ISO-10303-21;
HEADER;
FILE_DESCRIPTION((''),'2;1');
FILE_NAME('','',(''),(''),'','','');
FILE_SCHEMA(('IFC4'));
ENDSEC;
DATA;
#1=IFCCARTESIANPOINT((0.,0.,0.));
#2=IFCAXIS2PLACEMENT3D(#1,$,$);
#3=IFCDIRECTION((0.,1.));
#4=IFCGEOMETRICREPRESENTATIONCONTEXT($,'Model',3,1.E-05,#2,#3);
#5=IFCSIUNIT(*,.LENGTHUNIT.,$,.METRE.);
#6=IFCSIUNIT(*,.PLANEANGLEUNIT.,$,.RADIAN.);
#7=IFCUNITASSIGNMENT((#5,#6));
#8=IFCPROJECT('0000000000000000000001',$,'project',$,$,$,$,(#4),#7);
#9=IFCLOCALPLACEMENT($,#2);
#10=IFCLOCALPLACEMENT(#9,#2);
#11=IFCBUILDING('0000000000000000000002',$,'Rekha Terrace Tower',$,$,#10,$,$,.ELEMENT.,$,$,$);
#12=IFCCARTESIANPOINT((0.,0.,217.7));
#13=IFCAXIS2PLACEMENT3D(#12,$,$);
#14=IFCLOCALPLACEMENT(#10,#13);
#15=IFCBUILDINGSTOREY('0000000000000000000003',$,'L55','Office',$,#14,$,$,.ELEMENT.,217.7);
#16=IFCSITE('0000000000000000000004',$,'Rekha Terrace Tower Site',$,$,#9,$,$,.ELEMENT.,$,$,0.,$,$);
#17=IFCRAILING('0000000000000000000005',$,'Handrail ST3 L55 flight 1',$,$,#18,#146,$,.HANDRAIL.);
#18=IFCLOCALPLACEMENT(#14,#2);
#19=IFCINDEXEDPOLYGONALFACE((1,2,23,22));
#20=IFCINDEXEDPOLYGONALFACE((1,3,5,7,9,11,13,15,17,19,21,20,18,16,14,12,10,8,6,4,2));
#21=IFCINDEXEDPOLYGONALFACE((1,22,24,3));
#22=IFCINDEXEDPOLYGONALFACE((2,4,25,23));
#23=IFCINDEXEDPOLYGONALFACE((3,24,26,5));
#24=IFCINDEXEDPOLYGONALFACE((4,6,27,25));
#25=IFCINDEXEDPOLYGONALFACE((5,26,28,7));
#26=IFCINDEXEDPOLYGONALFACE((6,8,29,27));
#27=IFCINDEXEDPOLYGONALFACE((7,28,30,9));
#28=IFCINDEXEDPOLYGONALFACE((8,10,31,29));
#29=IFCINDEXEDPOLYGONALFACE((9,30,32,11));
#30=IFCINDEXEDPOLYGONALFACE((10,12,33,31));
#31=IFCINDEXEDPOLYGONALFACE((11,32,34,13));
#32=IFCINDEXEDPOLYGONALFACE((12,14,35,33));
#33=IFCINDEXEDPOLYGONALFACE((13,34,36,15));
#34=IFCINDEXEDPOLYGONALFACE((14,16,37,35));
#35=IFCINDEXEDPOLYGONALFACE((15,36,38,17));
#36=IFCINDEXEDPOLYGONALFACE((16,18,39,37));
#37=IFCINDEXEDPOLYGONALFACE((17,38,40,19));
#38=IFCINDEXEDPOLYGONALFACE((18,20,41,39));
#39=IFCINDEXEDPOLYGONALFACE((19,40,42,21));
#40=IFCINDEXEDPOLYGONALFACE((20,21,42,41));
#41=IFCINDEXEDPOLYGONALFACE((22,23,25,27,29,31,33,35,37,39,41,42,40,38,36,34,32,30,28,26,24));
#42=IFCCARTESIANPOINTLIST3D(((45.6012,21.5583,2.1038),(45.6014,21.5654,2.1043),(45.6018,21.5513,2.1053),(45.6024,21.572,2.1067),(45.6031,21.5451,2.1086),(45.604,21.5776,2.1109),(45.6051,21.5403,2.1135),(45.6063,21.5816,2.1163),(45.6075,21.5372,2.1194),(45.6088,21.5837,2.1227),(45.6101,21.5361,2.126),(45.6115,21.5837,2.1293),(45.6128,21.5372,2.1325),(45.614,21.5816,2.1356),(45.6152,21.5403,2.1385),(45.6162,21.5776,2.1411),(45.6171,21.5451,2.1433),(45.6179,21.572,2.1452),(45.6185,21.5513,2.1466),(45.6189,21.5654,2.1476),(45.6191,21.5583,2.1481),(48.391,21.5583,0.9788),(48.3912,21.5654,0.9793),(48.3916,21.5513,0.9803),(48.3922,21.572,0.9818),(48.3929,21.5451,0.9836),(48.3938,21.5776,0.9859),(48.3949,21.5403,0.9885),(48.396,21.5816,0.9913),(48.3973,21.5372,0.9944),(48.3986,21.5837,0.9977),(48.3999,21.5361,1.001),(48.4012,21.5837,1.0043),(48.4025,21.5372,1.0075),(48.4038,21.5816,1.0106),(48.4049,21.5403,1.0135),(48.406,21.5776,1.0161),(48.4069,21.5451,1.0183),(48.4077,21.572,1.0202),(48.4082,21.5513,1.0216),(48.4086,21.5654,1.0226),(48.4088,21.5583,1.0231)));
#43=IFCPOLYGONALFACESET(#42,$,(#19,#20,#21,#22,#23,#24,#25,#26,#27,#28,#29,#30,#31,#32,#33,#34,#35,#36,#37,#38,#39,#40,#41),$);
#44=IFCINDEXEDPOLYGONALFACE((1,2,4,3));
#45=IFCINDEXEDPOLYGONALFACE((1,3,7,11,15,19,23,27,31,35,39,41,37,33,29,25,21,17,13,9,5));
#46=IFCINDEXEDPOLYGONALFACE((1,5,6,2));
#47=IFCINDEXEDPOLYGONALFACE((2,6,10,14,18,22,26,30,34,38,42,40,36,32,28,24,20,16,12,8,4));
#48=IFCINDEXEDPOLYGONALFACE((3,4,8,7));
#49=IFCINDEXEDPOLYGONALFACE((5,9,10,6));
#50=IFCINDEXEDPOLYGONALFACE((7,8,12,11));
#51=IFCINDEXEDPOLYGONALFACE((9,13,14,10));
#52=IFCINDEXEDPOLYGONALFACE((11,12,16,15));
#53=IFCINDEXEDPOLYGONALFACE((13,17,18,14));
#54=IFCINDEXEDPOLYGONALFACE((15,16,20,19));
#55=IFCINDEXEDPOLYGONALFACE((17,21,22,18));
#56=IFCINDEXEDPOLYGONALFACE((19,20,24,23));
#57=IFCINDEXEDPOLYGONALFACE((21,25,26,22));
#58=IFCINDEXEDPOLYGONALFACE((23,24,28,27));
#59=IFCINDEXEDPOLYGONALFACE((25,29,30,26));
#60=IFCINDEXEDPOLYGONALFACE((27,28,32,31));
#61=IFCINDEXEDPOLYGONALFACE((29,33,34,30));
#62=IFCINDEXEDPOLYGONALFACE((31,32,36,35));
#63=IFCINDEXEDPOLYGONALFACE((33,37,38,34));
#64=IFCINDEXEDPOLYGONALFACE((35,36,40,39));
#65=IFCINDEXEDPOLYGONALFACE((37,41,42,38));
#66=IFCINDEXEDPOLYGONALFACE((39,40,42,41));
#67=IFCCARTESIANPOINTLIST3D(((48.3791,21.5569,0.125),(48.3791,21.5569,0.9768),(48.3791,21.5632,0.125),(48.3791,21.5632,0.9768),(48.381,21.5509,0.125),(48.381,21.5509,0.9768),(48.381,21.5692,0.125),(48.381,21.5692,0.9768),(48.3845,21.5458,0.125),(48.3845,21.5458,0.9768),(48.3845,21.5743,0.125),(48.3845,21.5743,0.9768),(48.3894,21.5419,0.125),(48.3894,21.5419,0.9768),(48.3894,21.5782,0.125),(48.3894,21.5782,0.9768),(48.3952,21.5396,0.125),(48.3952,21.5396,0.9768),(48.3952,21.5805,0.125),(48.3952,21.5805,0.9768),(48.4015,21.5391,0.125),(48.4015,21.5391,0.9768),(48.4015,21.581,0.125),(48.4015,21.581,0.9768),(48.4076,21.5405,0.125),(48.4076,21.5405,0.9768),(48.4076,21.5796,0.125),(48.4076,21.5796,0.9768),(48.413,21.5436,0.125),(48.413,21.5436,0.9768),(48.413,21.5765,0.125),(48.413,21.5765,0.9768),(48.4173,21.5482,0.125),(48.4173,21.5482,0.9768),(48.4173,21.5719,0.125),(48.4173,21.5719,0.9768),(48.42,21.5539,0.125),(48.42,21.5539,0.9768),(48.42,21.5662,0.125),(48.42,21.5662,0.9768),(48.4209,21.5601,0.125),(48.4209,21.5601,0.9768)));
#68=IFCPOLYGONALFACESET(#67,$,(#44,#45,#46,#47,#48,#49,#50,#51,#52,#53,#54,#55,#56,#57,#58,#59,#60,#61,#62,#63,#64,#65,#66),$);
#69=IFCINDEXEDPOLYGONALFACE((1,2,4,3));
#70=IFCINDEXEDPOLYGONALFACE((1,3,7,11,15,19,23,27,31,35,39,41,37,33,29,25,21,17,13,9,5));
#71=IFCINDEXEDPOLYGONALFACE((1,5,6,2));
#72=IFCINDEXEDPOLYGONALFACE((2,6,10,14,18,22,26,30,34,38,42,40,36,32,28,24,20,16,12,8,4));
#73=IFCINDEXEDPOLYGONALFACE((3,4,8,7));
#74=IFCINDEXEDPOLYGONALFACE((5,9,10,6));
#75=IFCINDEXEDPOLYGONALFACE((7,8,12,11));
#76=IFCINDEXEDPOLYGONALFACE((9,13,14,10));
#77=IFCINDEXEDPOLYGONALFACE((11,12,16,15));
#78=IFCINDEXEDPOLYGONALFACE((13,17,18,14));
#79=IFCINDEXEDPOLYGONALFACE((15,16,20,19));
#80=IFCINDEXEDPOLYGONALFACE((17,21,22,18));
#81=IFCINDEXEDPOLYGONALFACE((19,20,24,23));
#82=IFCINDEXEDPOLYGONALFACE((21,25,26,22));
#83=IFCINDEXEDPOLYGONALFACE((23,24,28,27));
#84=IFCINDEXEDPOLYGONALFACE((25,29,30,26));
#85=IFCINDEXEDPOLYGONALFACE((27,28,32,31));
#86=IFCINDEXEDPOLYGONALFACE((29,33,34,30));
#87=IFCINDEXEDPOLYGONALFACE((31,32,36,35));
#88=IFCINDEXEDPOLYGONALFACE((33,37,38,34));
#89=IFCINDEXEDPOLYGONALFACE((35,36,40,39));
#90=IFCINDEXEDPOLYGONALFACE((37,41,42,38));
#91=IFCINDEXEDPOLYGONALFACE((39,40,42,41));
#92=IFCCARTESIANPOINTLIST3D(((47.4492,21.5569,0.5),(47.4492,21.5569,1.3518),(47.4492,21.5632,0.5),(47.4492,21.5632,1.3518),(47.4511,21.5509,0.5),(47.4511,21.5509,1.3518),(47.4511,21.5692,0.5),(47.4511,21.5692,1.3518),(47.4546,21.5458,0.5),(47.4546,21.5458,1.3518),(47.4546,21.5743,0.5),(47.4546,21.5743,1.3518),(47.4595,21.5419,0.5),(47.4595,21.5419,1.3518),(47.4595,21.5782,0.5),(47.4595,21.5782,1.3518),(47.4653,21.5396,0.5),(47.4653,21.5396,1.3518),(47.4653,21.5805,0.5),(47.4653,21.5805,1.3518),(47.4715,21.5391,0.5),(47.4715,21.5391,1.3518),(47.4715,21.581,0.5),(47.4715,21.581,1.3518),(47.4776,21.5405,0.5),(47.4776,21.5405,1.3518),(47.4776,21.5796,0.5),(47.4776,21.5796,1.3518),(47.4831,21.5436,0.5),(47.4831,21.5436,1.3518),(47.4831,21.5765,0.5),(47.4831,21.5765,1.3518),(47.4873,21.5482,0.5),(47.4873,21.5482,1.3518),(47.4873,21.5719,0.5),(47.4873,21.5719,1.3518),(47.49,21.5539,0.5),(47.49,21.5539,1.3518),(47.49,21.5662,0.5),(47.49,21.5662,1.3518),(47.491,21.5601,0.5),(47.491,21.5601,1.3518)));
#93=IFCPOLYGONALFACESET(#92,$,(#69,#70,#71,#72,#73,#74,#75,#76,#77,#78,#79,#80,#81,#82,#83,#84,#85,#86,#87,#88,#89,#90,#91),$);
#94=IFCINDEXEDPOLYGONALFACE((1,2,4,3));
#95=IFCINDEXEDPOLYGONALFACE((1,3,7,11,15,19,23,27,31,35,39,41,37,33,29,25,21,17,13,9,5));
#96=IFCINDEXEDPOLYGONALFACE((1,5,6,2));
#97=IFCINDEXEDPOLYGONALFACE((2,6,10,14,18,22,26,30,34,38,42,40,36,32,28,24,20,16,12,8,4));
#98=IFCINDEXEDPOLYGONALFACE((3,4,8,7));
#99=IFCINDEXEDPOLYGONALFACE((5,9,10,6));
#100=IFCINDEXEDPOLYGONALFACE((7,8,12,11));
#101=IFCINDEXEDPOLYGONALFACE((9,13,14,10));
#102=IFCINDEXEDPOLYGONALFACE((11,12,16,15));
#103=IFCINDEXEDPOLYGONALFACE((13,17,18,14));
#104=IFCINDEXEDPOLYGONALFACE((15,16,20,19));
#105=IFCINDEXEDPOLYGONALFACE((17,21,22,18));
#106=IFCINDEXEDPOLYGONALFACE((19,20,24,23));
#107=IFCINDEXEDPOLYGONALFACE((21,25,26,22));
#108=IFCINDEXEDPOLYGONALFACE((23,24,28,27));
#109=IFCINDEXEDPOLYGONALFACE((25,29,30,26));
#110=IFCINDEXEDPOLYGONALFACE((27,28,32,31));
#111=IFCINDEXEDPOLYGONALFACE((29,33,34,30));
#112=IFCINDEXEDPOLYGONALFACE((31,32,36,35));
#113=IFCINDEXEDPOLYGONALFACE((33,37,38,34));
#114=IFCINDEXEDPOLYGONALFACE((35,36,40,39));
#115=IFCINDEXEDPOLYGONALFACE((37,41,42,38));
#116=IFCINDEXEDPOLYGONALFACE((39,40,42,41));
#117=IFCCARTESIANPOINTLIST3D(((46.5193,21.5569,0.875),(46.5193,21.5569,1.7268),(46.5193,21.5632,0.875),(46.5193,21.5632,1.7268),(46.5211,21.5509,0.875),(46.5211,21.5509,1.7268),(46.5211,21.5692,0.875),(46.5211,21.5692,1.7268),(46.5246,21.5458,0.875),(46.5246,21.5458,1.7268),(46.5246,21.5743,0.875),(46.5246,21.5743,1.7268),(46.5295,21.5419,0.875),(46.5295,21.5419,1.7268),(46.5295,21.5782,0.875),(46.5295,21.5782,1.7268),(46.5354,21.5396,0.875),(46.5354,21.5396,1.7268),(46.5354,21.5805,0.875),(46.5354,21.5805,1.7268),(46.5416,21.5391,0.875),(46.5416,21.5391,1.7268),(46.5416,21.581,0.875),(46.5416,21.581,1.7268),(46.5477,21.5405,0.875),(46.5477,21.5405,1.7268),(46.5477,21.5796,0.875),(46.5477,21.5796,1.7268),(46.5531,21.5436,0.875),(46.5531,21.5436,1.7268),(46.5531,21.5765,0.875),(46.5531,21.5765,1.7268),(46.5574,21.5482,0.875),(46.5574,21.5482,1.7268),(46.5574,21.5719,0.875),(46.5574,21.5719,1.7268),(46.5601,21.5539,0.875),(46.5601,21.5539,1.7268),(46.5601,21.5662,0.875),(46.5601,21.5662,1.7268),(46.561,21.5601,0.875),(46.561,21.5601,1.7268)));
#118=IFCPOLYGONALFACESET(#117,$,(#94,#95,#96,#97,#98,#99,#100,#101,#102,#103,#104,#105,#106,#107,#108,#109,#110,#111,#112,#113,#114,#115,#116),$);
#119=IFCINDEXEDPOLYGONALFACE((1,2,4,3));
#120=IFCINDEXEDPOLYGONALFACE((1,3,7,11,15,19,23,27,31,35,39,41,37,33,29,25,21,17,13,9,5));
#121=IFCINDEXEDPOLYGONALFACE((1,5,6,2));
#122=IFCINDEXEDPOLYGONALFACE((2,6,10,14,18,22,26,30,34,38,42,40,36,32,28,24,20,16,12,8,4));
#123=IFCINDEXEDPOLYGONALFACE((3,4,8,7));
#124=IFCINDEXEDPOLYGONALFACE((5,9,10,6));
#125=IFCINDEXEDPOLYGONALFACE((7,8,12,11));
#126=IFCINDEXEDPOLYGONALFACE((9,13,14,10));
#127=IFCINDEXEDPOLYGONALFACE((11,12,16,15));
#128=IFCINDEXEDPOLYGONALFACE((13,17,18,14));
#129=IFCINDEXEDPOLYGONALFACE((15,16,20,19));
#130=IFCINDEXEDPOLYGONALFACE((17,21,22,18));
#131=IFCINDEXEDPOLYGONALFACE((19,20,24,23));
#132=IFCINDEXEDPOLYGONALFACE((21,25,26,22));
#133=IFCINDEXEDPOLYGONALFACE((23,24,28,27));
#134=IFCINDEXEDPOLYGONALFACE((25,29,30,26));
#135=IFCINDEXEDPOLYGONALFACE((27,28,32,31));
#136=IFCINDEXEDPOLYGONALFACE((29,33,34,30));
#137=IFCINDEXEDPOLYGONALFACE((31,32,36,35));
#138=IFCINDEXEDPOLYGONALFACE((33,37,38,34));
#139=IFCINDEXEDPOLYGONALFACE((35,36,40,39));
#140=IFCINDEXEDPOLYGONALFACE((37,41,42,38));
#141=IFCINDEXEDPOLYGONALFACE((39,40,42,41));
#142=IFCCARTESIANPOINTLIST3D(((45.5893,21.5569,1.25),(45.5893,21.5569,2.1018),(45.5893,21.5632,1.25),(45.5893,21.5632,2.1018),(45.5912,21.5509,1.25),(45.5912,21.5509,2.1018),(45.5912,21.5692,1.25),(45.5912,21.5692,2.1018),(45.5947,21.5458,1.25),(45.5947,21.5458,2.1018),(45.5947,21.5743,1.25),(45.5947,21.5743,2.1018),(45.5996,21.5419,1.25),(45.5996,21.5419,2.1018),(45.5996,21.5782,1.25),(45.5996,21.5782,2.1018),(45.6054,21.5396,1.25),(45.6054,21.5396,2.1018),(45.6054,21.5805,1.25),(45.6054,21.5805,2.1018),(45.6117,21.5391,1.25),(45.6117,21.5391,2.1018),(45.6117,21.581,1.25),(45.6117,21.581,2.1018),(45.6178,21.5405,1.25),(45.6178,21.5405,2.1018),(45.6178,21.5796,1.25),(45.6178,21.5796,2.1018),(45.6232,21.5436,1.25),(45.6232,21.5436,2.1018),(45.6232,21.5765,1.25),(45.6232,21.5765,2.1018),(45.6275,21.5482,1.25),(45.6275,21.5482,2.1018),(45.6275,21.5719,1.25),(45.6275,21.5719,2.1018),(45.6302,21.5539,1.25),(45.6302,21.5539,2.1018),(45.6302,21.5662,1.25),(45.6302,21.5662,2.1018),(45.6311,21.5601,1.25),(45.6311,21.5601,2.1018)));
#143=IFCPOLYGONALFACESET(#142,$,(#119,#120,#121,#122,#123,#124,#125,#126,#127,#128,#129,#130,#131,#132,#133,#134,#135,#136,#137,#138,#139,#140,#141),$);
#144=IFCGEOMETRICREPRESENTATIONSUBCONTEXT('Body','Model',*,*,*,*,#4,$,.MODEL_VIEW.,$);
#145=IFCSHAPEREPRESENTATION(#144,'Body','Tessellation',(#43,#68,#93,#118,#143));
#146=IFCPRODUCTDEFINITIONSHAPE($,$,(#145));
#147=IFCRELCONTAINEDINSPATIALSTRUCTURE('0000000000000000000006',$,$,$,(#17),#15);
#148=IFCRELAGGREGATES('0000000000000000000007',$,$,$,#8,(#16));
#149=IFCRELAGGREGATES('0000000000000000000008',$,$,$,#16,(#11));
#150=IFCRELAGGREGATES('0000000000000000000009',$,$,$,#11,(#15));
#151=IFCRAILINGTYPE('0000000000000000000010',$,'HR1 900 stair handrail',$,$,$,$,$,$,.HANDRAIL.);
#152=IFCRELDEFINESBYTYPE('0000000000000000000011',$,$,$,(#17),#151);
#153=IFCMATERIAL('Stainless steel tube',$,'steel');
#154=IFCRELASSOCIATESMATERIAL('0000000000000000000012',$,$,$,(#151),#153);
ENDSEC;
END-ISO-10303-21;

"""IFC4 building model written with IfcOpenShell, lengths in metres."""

from ifc_helpers import new_model, si_unit, direction, frame, origin, origin_2d, place, context, subcontext, project, spatial, circle, extrude, material, type_object, element, save


model = new_model("IFC4")

# Units and contexts
model_context = context("Model", 3, precision=1e-05, world=origin(), true_north=direction((0.0, 1.0)))
body_context = subcontext(model_context, "Body", "Model", "MODEL_VIEW")
ifc_project = project(units=[si_unit("LENGTHUNIT", "METRE"), si_unit("PLANEANGLEUNIT", "RADIAN")], contexts=[model_context])

# Site, building, storey
site_placement = place(None, origin())
site = spatial("IfcSite", under=ifc_project, at=site_placement, Name="Rekha Terrace Tower Site", CompositionType="ELEMENT", RefElevation=0.0)
building_placement = place(site_placement, origin())
building = spatial("IfcBuilding", under=site, at=building_placement, Name="Rekha Terrace Tower", CompositionType="ELEMENT")
storey_placement = place(building_placement, frame((0.0, 0.0, 217.7)))
storey = spatial("IfcBuildingStorey", under=building, at=storey_placement, Name="L55", Description="Office", CompositionType="ELEMENT", Elevation=217.7)

# Railing
ifc_material_1 = material(Name="Stainless steel tube", Category="steel")
railing_type_1 = type_object("IfcRailingType", Name="HR1 900 stair handrail", PredefinedType="HANDRAIL", material=ifc_material_1)
railing_1_placement = place(storey_placement, frame((48.3999, 21.5601, 0.125)))
element("IfcRailing", 1, at=railing_1_placement, inside=storey, type_object=railing_type_1, Name="Handrail ST3 L55 flight 1", PredefinedType="HANDRAIL", context=body_context, shape_type="SweptSolid", body=[
    extrude(circle(Radius=0.0239, at=origin_2d()), frame((0.0, 0.0, 0.876), z_axis=(-0.927432, 0.0, 0.373992), x_axis=(0.0, -1.0, 0.0)), (0.0, 0.0, 1.0), 3.0081),
    extrude(circle(Radius=0.021, at=origin_2d()), origin(), (0.0, 0.0, 1.0), 0.8518),
    extrude(circle(Radius=0.021, at=origin_2d()), frame((-0.9299, 0.0, 0.375)), (0.0, 0.0, 1.0), 0.8518),
    extrude(circle(Radius=0.021, at=origin_2d()), frame((-1.8599, 0.0, 0.75)), (0.0, 0.0, 1.0), 0.8518),
    extrude(circle(Radius=0.021, at=origin_2d()), frame((-2.7898, 0.0, 1.125)), (0.0, 0.0, 1.0), 0.8518),
])

save(model, "model.ifc")
